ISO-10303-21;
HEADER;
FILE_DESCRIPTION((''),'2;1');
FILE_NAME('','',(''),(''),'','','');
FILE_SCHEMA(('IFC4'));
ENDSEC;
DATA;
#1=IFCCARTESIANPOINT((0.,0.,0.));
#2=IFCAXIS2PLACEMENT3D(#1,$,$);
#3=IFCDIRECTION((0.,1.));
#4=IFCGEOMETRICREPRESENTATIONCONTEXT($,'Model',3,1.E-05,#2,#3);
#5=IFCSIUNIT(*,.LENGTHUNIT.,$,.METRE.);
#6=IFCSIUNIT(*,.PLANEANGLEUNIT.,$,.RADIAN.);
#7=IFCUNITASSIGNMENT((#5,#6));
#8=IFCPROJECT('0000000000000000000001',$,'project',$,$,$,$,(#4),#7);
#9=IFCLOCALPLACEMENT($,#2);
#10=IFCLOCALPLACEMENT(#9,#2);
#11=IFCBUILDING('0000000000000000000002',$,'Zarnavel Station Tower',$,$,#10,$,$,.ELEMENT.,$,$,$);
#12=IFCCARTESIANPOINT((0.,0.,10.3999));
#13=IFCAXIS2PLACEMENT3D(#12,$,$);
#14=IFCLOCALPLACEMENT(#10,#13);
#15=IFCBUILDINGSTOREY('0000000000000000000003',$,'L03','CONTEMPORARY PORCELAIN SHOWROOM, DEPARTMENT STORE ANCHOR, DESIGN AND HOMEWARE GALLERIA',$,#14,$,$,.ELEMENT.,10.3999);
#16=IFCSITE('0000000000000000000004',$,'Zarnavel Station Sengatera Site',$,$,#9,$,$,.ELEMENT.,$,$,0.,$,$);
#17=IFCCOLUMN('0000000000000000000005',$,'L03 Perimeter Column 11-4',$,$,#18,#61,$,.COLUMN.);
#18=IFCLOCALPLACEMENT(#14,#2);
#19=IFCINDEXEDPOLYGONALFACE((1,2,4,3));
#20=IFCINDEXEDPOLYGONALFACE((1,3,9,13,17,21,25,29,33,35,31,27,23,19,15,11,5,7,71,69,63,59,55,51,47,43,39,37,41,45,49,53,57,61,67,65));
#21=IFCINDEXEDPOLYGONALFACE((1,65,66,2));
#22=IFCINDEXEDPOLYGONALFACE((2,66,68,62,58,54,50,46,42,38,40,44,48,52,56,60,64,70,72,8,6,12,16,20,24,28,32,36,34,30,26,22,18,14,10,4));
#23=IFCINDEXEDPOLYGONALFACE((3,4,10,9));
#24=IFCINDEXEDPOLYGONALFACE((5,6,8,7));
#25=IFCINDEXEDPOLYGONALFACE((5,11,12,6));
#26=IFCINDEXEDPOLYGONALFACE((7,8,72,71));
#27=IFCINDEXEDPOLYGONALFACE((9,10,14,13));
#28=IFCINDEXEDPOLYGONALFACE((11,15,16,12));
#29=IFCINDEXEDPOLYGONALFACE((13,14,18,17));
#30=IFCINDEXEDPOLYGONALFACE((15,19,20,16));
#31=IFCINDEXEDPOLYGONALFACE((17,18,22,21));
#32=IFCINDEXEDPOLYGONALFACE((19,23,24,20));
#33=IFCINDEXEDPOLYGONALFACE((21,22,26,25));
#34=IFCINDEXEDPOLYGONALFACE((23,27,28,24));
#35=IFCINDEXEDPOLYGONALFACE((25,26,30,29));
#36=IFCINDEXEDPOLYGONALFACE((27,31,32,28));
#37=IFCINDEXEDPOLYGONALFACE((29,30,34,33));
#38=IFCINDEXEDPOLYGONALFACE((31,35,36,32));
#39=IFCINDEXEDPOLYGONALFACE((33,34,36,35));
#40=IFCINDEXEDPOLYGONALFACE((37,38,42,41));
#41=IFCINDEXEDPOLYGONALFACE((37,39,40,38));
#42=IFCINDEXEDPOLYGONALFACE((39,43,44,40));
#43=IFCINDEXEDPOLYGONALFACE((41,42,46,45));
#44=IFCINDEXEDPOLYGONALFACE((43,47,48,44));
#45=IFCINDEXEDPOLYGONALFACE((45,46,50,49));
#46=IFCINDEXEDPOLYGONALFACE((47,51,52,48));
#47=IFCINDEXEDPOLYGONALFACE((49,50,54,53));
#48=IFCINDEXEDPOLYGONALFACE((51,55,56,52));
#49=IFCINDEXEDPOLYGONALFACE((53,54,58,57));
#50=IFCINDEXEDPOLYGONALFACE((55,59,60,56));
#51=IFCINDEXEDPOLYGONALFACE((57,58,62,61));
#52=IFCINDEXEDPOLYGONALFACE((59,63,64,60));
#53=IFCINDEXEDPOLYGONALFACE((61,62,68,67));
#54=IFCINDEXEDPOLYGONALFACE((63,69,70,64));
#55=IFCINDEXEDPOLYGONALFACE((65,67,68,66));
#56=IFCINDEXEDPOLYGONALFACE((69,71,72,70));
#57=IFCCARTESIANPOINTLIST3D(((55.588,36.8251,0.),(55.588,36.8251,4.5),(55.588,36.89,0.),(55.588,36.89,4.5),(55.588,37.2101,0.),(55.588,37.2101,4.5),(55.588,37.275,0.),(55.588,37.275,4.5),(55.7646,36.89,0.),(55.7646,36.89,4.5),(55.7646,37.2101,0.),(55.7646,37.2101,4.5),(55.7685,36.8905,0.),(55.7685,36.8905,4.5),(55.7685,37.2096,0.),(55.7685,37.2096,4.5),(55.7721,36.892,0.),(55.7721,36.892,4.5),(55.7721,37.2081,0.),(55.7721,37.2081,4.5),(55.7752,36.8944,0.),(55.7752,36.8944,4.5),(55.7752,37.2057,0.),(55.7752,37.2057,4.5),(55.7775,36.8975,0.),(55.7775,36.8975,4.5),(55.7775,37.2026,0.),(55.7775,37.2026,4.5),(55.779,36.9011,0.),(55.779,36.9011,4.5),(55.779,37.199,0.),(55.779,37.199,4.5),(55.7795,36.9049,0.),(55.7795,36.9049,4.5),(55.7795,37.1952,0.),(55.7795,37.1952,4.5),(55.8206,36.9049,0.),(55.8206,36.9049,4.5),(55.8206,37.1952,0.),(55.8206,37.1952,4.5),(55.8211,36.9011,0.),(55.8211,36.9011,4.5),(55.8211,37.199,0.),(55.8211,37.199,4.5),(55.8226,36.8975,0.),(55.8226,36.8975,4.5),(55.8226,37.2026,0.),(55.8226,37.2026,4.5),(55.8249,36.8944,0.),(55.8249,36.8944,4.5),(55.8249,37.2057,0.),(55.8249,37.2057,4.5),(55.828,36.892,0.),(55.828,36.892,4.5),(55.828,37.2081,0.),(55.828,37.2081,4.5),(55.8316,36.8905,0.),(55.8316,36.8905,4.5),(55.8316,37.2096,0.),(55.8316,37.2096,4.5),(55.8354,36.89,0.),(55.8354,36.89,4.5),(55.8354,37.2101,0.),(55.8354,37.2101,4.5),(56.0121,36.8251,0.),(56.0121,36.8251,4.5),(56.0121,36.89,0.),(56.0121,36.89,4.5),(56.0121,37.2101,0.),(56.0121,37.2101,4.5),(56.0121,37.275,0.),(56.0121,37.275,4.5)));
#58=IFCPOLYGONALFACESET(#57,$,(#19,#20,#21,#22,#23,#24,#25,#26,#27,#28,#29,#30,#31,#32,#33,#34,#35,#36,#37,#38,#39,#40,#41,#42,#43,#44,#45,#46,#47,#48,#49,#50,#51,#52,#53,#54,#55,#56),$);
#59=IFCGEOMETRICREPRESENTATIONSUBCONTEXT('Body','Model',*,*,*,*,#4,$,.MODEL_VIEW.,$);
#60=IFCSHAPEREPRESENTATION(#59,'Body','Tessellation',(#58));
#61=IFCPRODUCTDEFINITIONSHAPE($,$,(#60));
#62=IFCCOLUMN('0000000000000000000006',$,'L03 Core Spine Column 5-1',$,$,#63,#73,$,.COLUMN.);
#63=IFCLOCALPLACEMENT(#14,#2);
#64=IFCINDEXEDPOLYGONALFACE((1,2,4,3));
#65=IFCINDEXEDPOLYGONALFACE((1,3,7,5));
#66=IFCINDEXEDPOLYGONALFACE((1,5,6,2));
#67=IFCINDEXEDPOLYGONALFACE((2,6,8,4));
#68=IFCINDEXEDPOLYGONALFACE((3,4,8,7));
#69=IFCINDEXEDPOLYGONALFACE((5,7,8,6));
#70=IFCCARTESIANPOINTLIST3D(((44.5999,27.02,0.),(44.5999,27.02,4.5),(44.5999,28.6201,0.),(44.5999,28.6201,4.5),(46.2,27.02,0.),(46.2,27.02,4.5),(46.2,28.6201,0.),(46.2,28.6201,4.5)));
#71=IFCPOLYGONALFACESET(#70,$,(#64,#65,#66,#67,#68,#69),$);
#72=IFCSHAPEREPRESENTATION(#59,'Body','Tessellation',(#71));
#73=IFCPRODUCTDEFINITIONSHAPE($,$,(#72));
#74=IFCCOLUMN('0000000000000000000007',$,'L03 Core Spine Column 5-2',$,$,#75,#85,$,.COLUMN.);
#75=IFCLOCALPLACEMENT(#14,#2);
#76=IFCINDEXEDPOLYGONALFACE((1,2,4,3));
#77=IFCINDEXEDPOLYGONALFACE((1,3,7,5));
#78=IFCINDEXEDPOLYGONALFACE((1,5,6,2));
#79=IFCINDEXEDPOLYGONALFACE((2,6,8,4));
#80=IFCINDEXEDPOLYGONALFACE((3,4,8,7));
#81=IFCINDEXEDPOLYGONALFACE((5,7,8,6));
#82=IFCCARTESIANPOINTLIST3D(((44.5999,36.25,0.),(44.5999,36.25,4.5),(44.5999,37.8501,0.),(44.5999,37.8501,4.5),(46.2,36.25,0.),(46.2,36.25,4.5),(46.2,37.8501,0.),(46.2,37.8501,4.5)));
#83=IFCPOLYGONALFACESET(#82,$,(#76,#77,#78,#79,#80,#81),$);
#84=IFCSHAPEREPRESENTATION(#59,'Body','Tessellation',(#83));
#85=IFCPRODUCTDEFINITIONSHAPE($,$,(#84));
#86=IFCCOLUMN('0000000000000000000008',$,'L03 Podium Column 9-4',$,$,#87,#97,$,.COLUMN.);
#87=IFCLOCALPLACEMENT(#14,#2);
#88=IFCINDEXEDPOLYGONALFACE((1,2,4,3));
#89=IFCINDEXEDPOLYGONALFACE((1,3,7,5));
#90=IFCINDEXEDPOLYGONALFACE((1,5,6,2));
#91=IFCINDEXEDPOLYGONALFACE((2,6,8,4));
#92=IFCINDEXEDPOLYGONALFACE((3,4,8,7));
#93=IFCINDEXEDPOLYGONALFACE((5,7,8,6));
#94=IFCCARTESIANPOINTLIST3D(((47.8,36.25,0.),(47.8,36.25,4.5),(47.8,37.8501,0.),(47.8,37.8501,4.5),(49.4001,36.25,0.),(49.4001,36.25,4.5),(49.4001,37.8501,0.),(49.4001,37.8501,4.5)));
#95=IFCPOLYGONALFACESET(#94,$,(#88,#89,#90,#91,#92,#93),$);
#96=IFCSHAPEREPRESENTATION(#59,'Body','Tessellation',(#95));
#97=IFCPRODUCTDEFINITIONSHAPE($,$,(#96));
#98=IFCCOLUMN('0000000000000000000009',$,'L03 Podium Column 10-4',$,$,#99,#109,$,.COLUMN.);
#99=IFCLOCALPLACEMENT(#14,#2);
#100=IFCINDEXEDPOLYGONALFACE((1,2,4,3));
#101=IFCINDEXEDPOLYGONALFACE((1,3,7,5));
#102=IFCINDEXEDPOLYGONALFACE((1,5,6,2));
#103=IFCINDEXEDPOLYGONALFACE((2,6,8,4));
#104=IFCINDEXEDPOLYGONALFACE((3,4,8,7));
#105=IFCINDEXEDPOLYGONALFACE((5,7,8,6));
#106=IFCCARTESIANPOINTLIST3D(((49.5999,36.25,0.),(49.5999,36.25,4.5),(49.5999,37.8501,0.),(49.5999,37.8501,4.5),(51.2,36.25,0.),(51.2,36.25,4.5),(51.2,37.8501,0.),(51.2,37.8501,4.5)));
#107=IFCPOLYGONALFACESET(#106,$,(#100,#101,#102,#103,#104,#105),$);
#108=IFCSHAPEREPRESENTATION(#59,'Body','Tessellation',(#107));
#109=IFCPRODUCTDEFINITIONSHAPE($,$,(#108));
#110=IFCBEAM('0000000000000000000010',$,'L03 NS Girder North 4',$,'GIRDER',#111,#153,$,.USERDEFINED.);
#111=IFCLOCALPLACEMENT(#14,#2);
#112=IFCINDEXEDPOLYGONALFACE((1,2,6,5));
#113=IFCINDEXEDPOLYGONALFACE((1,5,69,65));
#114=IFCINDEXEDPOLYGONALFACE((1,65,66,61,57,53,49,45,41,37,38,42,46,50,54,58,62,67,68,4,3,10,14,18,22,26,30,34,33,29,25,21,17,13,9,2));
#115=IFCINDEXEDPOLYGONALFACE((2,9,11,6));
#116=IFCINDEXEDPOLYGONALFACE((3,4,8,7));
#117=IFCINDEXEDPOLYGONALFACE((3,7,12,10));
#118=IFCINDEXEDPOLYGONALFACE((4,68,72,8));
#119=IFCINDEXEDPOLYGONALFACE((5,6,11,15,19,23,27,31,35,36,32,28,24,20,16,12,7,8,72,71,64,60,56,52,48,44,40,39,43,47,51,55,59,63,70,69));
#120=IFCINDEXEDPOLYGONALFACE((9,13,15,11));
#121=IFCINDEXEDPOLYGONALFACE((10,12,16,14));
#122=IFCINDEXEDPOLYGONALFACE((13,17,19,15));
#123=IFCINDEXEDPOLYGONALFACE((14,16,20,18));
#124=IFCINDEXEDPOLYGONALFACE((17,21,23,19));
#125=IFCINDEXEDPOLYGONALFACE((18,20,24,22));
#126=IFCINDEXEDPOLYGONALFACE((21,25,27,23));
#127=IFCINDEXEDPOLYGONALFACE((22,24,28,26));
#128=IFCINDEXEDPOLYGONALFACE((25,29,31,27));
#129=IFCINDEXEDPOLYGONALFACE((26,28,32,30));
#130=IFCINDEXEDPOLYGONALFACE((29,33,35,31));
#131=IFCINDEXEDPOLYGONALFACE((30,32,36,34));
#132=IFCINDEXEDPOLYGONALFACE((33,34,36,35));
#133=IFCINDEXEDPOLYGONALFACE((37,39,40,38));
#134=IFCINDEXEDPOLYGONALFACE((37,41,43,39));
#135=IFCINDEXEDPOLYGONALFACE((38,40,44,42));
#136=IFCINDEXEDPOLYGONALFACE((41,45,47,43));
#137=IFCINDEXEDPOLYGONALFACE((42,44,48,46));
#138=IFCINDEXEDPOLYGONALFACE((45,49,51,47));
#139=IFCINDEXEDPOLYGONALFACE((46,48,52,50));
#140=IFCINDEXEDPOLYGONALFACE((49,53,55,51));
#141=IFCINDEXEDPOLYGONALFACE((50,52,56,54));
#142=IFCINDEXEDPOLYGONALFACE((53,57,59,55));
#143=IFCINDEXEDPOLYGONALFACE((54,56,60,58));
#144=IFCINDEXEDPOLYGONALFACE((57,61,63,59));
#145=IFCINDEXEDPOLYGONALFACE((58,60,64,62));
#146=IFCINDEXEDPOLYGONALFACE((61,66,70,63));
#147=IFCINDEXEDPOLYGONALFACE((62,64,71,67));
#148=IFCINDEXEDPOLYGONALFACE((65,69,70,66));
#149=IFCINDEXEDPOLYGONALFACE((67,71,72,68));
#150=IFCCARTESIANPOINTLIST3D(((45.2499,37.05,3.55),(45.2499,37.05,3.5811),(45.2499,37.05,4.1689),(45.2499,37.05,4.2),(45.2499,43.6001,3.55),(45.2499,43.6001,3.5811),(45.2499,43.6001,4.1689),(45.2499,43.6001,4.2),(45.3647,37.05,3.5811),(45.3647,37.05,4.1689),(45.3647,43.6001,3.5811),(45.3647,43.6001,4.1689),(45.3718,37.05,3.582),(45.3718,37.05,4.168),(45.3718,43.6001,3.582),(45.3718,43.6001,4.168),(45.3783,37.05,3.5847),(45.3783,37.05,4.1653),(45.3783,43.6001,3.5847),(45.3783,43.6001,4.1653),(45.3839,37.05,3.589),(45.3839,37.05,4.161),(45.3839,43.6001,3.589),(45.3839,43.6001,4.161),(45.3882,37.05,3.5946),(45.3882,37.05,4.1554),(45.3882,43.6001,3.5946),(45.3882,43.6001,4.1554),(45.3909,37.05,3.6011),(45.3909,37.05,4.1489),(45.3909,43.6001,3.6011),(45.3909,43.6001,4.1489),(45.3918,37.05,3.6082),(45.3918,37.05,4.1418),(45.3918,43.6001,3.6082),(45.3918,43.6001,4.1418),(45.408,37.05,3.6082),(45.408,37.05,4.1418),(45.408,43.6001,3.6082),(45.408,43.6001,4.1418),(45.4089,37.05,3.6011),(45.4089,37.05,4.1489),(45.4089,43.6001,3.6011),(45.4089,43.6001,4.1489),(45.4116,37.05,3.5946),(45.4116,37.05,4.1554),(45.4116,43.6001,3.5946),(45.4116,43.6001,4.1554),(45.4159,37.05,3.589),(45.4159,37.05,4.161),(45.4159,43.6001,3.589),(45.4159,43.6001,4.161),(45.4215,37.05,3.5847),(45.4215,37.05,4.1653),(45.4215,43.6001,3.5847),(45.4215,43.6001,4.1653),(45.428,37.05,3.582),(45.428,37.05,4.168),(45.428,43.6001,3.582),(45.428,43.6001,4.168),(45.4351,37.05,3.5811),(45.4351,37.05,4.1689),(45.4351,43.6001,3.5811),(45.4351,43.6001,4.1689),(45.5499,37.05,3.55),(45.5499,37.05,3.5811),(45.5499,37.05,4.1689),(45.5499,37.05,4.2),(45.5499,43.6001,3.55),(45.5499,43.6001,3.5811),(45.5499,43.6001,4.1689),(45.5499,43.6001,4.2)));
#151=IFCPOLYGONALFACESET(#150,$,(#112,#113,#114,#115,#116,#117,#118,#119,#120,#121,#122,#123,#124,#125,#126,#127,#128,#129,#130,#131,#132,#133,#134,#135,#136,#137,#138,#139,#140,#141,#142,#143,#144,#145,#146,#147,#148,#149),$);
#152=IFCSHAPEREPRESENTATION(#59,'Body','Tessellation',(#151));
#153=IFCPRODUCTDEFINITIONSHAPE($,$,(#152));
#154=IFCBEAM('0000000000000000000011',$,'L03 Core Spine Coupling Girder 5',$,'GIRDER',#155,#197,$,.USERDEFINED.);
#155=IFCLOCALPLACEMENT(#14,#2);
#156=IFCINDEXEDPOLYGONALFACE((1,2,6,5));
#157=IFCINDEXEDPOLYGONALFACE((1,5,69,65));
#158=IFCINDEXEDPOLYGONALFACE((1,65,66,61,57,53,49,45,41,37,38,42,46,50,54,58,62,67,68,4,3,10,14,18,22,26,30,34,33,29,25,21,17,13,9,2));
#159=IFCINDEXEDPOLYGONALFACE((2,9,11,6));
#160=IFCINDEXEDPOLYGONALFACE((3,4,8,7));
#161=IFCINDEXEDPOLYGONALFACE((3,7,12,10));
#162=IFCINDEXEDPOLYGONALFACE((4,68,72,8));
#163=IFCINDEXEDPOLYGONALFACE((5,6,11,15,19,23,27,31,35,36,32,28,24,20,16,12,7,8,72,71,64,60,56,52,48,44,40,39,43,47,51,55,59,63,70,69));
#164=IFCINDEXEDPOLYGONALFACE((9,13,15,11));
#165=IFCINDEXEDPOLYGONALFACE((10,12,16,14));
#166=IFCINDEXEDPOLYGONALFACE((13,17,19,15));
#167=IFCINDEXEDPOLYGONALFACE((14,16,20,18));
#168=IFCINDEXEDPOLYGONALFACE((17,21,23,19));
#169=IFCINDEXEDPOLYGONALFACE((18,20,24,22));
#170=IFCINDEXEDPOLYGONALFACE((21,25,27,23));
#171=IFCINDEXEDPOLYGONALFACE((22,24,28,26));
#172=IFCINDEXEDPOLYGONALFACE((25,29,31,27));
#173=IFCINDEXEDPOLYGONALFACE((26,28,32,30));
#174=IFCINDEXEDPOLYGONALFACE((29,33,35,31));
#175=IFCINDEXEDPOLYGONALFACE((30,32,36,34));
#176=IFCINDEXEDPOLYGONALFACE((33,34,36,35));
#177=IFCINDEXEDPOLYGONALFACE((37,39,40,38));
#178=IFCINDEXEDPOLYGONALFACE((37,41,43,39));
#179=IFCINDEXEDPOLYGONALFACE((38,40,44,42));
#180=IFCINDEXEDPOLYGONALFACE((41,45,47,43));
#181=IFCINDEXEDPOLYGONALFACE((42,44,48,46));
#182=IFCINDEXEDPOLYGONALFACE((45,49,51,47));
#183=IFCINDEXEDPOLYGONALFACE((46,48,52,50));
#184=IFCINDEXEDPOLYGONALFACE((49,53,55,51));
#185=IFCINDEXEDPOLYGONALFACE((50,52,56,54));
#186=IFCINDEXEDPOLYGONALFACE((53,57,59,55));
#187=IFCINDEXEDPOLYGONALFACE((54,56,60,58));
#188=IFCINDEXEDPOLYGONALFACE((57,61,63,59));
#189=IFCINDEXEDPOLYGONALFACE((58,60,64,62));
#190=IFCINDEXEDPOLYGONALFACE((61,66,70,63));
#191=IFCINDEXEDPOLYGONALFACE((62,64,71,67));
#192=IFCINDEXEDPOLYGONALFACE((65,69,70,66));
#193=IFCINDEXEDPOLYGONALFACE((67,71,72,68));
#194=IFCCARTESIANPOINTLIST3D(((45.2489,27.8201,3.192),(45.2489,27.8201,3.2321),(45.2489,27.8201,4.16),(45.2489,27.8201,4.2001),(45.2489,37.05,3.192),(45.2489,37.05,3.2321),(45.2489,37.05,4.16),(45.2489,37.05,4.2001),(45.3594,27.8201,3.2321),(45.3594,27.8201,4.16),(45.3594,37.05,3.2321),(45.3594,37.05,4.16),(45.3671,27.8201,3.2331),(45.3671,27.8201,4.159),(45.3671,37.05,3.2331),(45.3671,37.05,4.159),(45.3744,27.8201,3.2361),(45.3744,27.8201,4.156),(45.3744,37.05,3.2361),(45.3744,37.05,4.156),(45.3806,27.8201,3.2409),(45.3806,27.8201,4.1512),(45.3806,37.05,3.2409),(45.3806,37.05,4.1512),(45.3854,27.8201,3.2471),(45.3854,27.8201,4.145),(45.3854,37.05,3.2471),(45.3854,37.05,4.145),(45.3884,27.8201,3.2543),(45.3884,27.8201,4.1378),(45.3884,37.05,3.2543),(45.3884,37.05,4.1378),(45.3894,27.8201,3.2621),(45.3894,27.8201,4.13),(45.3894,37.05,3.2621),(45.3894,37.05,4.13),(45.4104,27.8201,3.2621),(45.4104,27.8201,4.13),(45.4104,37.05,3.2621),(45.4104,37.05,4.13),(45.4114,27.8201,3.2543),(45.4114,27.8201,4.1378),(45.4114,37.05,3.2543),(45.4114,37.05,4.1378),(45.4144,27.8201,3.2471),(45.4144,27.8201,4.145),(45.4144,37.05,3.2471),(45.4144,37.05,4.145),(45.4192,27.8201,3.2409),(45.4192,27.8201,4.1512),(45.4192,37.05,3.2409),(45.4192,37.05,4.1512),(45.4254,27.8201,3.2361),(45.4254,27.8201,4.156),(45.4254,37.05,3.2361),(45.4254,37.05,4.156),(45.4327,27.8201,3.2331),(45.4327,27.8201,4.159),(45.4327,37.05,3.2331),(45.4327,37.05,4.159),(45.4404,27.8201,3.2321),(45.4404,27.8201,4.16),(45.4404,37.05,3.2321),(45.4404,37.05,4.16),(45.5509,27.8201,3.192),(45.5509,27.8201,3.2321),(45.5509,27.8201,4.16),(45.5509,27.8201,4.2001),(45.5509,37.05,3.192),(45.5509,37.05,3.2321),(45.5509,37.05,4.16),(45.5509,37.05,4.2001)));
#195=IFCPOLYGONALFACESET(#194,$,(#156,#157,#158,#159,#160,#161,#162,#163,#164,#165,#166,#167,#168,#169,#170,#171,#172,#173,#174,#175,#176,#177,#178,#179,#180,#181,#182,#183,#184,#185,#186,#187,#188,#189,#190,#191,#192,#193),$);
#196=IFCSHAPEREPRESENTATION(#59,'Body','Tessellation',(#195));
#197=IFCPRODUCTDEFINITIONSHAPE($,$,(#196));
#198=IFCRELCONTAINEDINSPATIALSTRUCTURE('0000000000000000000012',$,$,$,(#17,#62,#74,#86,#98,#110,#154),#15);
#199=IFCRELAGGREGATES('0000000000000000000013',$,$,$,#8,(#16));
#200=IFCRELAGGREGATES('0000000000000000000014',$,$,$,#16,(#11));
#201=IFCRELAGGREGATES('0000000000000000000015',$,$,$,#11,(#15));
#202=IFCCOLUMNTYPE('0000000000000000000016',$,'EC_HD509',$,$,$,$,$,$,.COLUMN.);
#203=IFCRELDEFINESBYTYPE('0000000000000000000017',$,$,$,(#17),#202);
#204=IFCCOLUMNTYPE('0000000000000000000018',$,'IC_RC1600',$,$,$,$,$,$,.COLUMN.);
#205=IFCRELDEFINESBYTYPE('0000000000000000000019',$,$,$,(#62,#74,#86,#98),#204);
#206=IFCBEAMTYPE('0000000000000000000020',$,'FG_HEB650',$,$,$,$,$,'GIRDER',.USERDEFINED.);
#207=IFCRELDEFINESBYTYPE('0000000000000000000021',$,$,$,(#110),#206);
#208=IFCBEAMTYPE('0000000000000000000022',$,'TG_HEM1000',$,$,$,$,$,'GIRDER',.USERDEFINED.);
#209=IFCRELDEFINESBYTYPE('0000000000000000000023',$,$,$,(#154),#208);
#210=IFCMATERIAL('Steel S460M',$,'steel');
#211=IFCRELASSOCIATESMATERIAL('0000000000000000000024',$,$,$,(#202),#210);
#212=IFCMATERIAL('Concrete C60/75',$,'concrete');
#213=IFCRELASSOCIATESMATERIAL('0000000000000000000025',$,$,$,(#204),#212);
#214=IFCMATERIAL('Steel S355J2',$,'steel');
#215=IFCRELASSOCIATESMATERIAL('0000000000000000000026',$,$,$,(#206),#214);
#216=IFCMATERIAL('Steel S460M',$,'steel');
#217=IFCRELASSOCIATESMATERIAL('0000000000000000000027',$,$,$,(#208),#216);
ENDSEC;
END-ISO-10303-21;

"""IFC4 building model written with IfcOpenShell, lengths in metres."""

from ifc_helpers import new_model, si_unit, direction, frame, origin, origin_2d, place, context, subcontext, project, spatial, rectangle, i_section, extrude, material, material_profile, profile_set, type_object, element, save


model = new_model("IFC4")

# Units and contexts
model_context = context("Model", 3, precision=1e-05, world=origin(), true_north=direction((0.0, 1.0)))
body_context = subcontext(model_context, "Body", "Model", "MODEL_VIEW")
ifc_project = project(units=[si_unit("LENGTHUNIT", "METRE"), si_unit("PLANEANGLEUNIT", "RADIAN")], contexts=[model_context])

# Site, building, storey
site_placement = place(None, origin())
site = spatial("IfcSite", under=ifc_project, at=site_placement, Name="Zarnavel Station Sengatera Site", CompositionType="ELEMENT", RefElevation=0.0)
building_placement = place(site_placement, origin())
building = spatial("IfcBuilding", under=site, at=building_placement, Name="Zarnavel Station Tower", CompositionType="ELEMENT")
storey_placement = place(building_placement, frame((0.0, 0.0, 10.3999)))
storey = spatial("IfcBuildingStorey", under=building, at=storey_placement, Name="L03", Description="CONTEMPORARY PORCELAIN SHOWROOM, DEPARTMENT STORE ANCHOR, DESIGN AND HOMEWARE GALLERIA", CompositionType="ELEMENT", Elevation=10.3999)

# Columns
ifc_material_1 = material(Name="Steel S460M", Category="steel")
ifc_material_profile_1 = material_profile(ifc_material_1, i_section(OverallWidth=0.4241, OverallDepth=0.45, WebThickness=0.041, FlangeThickness=0.0649, FilletRadius=0.0149, at=origin_2d()), Name="HD400x509")
ifc_profile_set_1 = profile_set([ifc_material_profile_1], Name="Steel S460M")
column_type_1 = type_object("IfcColumnType", Name="EC_HD509", PredefinedType="COLUMN", material=ifc_profile_set_1)
column_placement = place(storey_placement, frame((55.8, 37.05, 0.0), z_axis=(0.0, 0.0, 1.0), x_axis=(1.0, 0.0, 0.0)))
element("IfcColumn", 1, at=column_placement, inside=storey, type_object=column_type_1, Name="L03 Perimeter Column 11-4", PredefinedType="COLUMN", context=body_context, shape_type="SweptSolid", body=[
    extrude(i_section(OverallWidth=0.4241, OverallDepth=0.45, WebThickness=0.041, FlangeThickness=0.0649, FilletRadius=0.0149, at=origin_2d()), origin(), (0.0, 0.0, 1.0), 4.5),
])
ifc_material_2 = material(Name="Concrete C60/75", Category="concrete")
ifc_material_profile_2 = material_profile(ifc_material_2, rectangle(XDim=1.6001, YDim=1.6001, at=origin_2d()), Name="RC1600x1600")
ifc_profile_set_2 = profile_set([ifc_material_profile_2], Name="Concrete C60/75")
column_type_2 = type_object("IfcColumnType", Name="IC_RC1600", PredefinedType="COLUMN", material=ifc_profile_set_2)
for number, where, z_axis, x_axis, name in (
    (2, (45.3999, 27.8201, 0.0), (0.0, 0.0, 1.0), (1.0, 0.0, 0.0), "L03 Core Spine Column 5-1"),
    (3, (45.3999, 37.05, 0.0), (0.0, 0.0, 1.0), (1.0, 0.0, 0.0), "L03 Core Spine Column 5-2"),
    (4, (48.6001, 37.05, 0.0), (0.0, 0.0, 1.0), (1.0, 0.0, 0.0), "L03 Podium Column 9-4"),
    (5, (50.3999, 37.05, 0.0), (0.0, 0.0, 1.0), (1.0, 0.0, 0.0), "L03 Podium Column 10-4"),
):
    element("IfcColumn", number, at=place(storey_placement, frame(where, z_axis=z_axis, x_axis=x_axis)), inside=storey, type_object=column_type_2, Name=name, PredefinedType="COLUMN", context=body_context, shape_type="SweptSolid", body=[
        extrude(rectangle(XDim=1.6001, YDim=1.6001, at=origin_2d()), origin(), (0.0, 0.0, 1.0), 4.5),
    ])

# Beams
ifc_material_3 = material(Name="Steel S355J2", Category="steel")
ifc_material_profile_3 = material_profile(ifc_material_3, i_section(OverallWidth=0.3, OverallDepth=0.6499, WebThickness=0.0161, FlangeThickness=0.031, FilletRadius=0.0271, at=origin_2d()), Name="HEB650")
ifc_profile_set_3 = profile_set([ifc_material_profile_3], Name="Steel S355J2")
beam_type_1 = type_object("IfcBeamType", Name="FG_HEB650", ElementType="GIRDER", PredefinedType="USERDEFINED", material=ifc_profile_set_3)
beam_1_placement = place(storey_placement, frame((45.3999, 37.05, 3.875), z_axis=(0.0, 1.0, 0.0), x_axis=(-1.0, 0.0, 0.0)))
element("IfcBeam", 6, at=beam_1_placement, inside=storey, type_object=beam_type_1, Name="L03 NS Girder North 4", ObjectType="GIRDER", PredefinedType="USERDEFINED", context=body_context, shape_type="SweptSolid", body=[
    extrude(i_section(OverallWidth=0.3, OverallDepth=0.6499, WebThickness=0.0161, FlangeThickness=0.031, FilletRadius=0.0271, at=origin_2d()), origin(), (0.0, 0.0, 1.0), 6.55),
])
ifc_material_4 = material(Name="Steel S460M", Category="steel")
ifc_material_profile_4 = material_profile(ifc_material_4, i_section(OverallWidth=0.302, OverallDepth=1.0081, WebThickness=0.021, FlangeThickness=0.04, FilletRadius=0.03, at=origin_2d()), Name="HEM1000")
ifc_profile_set_4 = profile_set([ifc_material_profile_4], Name="Steel S460M")
beam_type_2 = type_object("IfcBeamType", Name="TG_HEM1000", ElementType="GIRDER", PredefinedType="USERDEFINED", material=ifc_profile_set_4)
beam_2_placement = place(storey_placement, frame((45.3999, 27.8201, 3.696), z_axis=(0.0, 1.0, 0.0), x_axis=(-1.0, 0.0, 0.0)))
element("IfcBeam", 7, at=beam_2_placement, inside=storey, type_object=beam_type_2, Name="L03 Core Spine Coupling Girder 5", ObjectType="GIRDER", PredefinedType="USERDEFINED", context=body_context, shape_type="SweptSolid", body=[
    extrude(i_section(OverallWidth=0.302, OverallDepth=1.0081, WebThickness=0.021, FlangeThickness=0.04, FilletRadius=0.03, at=origin_2d()), origin(), (0.0, 0.0, 1.0), 9.23),
])

save(model, "model.ifc")
